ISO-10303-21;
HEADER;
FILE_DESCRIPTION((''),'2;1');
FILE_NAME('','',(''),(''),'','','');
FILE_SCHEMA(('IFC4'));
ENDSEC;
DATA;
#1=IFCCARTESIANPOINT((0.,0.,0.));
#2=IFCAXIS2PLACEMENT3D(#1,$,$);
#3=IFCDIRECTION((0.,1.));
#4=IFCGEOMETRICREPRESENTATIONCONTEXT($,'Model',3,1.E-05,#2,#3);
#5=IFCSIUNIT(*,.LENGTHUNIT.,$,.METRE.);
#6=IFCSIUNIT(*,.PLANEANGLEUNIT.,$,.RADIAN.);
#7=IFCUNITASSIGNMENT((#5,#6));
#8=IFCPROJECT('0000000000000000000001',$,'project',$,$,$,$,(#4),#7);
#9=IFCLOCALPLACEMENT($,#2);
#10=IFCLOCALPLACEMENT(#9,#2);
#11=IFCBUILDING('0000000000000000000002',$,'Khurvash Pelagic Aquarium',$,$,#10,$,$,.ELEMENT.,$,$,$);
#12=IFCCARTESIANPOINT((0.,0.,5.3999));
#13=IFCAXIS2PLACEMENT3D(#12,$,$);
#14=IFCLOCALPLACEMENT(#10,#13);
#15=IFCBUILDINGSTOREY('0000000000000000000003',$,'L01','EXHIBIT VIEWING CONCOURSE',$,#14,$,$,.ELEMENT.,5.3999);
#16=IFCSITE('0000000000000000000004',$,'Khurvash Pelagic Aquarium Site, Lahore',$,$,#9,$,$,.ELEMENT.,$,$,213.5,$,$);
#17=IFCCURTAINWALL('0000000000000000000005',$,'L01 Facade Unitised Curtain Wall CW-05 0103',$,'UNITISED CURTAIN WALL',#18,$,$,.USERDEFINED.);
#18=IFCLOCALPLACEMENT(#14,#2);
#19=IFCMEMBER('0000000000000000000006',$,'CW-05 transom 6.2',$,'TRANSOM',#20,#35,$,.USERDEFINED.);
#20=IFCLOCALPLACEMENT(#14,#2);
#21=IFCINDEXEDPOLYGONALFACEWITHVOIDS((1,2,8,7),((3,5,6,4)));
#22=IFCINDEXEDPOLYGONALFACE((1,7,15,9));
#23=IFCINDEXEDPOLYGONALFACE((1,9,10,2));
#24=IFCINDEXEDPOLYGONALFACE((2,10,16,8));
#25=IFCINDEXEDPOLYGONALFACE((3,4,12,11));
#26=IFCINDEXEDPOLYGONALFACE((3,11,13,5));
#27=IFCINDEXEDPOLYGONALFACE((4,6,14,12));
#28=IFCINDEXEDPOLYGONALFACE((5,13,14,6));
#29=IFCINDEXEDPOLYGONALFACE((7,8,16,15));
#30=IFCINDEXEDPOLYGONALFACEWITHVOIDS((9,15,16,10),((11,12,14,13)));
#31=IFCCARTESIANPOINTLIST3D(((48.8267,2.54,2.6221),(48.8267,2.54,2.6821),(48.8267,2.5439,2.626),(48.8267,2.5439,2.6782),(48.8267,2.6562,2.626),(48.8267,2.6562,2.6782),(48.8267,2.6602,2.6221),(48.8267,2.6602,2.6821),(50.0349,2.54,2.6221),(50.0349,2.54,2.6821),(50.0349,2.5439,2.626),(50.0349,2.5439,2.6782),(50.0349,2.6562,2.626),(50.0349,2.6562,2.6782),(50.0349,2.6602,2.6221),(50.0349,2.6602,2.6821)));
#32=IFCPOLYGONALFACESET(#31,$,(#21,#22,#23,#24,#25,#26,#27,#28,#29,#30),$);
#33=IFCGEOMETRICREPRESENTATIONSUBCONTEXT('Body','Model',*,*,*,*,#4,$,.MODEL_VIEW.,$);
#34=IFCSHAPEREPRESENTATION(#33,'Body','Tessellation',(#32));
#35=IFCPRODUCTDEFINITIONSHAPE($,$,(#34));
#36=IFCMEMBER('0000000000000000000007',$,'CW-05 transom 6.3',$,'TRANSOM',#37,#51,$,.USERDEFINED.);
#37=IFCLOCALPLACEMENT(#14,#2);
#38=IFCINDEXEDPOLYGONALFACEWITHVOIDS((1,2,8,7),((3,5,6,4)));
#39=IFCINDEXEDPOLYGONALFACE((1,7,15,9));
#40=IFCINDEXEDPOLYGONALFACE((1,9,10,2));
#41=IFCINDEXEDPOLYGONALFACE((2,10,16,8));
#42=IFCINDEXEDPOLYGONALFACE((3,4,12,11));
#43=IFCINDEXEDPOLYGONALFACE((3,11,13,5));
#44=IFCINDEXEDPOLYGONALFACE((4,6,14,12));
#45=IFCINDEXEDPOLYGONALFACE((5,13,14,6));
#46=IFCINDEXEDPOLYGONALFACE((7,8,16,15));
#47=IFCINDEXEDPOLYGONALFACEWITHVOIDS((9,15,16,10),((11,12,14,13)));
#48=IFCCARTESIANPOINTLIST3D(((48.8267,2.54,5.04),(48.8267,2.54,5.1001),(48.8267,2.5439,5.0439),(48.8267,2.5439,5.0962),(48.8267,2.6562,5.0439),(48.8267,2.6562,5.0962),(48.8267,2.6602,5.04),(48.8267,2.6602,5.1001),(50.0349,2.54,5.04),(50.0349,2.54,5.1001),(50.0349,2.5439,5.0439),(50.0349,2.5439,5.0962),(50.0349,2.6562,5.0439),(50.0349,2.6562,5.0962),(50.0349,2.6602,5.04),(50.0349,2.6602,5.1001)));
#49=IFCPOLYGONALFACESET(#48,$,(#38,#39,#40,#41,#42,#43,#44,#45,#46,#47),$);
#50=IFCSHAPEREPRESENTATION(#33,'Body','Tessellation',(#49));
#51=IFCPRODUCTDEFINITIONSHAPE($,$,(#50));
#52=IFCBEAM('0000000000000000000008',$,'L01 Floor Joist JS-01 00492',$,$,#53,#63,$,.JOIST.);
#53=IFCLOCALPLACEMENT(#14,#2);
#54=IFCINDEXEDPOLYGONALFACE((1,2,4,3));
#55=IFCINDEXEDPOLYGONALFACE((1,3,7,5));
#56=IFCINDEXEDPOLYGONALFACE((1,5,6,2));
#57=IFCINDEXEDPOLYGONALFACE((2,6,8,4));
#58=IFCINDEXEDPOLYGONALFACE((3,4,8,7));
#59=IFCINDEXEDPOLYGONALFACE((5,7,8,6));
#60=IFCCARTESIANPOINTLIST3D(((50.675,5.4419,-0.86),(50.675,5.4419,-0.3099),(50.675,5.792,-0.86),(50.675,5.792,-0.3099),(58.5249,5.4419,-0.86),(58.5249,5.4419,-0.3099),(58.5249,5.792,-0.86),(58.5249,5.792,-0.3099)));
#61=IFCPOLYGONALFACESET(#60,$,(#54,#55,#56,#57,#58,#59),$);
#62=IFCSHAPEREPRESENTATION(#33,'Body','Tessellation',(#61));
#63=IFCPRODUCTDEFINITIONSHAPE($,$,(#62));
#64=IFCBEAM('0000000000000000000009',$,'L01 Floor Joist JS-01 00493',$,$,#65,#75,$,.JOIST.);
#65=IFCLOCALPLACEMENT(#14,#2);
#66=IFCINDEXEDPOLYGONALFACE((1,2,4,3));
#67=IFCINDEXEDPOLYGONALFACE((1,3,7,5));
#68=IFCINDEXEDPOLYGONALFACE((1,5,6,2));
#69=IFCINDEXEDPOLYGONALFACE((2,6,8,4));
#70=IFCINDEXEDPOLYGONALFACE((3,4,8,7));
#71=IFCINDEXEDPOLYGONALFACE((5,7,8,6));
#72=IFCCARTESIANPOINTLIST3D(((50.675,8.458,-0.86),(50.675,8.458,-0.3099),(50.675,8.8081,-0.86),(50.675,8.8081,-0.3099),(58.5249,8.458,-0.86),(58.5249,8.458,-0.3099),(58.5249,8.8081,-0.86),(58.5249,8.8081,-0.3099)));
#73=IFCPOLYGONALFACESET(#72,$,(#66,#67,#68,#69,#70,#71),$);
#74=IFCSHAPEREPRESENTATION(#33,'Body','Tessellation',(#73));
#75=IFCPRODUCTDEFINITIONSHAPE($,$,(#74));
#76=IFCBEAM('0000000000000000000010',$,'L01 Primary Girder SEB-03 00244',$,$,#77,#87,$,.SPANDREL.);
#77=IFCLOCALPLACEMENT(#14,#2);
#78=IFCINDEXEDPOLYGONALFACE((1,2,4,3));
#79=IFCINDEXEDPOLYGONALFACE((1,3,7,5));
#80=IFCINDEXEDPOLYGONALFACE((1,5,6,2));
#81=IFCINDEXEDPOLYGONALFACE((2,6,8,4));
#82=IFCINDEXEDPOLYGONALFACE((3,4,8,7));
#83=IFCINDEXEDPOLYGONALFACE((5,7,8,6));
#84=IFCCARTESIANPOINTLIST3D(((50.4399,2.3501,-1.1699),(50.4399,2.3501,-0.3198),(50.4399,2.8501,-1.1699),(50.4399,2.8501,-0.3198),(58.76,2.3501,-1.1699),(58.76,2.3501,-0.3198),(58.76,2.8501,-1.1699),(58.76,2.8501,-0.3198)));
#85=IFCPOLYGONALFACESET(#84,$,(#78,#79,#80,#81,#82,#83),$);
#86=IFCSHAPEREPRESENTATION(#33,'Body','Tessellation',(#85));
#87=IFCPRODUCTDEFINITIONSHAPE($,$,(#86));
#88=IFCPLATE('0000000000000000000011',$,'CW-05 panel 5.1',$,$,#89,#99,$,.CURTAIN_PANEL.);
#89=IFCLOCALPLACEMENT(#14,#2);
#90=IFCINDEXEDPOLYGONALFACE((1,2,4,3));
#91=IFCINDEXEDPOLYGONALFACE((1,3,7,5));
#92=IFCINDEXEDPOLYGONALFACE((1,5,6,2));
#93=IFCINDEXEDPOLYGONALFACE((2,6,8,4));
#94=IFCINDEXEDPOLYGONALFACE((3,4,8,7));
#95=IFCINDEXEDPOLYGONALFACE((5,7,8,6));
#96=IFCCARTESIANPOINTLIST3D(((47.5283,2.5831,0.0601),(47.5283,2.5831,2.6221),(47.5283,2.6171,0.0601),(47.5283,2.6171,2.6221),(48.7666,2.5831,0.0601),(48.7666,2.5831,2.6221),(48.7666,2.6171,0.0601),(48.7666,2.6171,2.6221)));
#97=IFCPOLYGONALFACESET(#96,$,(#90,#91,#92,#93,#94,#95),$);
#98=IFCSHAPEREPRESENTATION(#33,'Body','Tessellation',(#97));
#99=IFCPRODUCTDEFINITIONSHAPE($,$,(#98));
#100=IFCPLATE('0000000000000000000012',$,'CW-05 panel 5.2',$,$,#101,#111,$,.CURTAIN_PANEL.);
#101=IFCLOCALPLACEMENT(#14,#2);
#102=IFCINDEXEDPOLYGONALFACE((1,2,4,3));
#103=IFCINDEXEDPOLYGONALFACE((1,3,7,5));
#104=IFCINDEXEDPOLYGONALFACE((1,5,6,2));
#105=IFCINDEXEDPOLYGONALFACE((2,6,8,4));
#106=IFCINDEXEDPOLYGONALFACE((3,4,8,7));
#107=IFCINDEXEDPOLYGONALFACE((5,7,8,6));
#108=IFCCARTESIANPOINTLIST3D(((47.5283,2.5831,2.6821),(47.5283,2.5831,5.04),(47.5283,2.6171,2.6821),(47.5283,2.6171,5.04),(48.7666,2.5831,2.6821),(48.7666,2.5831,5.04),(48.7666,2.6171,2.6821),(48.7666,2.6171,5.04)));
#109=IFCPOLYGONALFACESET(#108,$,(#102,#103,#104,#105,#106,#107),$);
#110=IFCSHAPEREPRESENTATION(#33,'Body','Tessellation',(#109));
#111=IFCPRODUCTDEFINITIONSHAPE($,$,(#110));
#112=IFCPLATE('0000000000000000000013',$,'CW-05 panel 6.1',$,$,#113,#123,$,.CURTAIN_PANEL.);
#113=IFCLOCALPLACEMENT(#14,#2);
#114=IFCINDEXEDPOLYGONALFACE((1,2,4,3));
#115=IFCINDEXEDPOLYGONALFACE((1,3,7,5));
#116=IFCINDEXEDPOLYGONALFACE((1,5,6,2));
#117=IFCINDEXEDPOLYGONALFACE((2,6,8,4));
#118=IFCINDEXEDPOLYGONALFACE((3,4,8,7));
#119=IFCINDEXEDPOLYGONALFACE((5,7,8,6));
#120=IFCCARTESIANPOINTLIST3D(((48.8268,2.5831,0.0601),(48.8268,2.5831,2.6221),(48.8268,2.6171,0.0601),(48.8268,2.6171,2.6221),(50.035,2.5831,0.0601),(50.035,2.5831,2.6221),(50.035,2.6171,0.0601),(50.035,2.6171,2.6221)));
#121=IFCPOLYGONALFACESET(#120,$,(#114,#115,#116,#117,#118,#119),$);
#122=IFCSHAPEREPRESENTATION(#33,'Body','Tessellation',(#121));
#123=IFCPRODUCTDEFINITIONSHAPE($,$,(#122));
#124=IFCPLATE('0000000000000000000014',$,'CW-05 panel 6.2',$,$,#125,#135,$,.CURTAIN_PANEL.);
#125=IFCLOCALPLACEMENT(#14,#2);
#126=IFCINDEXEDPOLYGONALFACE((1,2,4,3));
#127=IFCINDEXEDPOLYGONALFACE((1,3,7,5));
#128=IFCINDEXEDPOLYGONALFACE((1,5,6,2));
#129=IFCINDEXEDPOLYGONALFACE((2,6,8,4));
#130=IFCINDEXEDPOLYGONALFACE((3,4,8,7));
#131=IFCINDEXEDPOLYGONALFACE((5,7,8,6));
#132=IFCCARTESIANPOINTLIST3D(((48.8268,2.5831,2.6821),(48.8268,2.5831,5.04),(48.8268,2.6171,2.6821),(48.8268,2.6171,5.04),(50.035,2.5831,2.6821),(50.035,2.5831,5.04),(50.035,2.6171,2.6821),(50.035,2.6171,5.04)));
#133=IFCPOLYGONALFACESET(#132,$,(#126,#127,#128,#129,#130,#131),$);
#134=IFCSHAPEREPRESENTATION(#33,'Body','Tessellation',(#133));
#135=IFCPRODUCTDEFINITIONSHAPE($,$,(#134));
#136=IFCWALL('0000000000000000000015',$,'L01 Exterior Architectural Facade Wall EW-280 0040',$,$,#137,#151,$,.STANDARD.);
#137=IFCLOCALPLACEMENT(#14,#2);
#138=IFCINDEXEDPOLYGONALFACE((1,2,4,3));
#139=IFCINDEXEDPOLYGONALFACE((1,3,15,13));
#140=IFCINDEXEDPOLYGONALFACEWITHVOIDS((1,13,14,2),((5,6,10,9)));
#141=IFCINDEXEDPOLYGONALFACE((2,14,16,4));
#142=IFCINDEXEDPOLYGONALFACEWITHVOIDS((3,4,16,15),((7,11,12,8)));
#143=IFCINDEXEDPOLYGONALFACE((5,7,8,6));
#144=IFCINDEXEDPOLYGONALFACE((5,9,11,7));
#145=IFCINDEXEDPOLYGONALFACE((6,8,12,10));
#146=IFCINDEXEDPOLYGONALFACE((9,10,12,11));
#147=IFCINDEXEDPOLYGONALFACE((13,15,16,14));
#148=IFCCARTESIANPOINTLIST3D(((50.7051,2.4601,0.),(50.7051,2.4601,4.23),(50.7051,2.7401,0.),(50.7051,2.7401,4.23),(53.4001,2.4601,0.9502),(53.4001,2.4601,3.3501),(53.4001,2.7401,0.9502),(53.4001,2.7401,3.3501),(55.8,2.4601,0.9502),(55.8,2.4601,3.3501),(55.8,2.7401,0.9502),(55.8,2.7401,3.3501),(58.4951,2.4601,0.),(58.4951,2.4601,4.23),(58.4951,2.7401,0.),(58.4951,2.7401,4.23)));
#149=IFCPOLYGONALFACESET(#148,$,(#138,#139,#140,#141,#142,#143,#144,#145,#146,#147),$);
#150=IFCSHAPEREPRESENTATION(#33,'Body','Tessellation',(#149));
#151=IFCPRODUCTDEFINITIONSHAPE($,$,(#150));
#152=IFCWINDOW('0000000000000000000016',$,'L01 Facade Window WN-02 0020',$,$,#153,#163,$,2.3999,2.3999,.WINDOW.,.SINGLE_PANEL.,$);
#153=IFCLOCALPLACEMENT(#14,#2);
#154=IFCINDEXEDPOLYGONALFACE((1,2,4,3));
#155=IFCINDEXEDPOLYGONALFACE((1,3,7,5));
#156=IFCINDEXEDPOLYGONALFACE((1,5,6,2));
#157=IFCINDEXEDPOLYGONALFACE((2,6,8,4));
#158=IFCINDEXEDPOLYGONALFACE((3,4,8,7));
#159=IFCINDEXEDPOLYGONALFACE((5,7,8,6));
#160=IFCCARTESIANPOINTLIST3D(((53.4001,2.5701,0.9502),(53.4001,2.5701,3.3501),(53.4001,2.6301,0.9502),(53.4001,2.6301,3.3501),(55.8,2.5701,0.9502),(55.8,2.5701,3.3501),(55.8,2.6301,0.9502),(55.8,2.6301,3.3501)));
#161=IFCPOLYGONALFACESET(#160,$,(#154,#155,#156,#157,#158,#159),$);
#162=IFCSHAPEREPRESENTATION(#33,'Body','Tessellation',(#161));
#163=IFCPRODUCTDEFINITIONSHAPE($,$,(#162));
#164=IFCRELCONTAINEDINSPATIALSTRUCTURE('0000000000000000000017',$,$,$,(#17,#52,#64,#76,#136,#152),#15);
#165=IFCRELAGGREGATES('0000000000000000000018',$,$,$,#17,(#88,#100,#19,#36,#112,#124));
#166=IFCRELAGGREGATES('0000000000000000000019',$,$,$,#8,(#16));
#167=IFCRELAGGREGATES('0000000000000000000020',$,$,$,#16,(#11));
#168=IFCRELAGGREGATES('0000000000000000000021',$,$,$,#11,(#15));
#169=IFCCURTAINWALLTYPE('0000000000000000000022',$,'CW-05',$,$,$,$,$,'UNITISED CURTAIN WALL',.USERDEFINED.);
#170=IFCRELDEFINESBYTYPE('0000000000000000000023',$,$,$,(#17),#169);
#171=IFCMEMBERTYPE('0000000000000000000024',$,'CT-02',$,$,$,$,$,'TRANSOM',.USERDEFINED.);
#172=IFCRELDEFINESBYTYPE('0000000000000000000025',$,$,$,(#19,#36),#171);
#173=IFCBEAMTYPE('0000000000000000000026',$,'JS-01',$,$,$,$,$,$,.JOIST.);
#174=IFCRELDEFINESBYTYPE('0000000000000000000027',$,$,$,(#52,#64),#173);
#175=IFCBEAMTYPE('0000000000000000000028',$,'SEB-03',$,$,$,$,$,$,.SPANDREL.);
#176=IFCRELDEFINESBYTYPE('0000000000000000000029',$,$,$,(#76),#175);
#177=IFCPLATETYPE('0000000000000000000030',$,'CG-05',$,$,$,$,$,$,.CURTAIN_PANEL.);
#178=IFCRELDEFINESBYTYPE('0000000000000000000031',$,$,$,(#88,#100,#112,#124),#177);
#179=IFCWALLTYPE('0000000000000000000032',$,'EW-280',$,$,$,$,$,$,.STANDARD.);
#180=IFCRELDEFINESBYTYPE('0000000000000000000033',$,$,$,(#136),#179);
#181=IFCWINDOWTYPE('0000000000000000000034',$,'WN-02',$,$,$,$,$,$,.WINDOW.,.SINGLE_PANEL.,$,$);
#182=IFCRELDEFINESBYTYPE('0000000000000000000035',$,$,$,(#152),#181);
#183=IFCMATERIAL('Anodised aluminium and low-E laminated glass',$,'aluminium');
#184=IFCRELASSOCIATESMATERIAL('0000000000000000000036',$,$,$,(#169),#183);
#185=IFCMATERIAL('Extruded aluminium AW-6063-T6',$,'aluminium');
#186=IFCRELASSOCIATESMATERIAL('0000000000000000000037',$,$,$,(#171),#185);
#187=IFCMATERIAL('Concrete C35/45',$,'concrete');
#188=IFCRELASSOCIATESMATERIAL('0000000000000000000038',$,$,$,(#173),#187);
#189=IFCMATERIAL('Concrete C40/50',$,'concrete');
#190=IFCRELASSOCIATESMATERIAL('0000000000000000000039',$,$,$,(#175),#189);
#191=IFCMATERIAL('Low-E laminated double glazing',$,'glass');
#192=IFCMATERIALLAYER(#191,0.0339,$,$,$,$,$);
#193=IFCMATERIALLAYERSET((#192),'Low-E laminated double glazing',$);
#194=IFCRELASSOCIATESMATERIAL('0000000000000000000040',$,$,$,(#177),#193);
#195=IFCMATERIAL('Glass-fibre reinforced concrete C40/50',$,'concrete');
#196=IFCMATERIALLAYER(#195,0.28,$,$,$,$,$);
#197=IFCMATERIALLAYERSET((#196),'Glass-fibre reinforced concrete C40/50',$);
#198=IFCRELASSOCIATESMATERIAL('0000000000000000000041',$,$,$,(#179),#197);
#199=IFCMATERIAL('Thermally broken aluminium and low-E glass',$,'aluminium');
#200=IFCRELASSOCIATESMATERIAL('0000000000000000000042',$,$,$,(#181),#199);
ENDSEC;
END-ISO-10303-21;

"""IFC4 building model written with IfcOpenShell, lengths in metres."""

from ifc_helpers import new_model, si_unit, direction, frame, frame_2d, origin, origin_2d, place, context, subcontext, project, spatial, rectangle, hollow_rectangle, extrude, material, layer, layer_set, material_profile, profile_set, type_object, element, fill, aggregate, save


model = new_model("IFC4")

# Units and contexts
model_context = context("Model", 3, precision=1e-05, world=origin(), true_north=direction((0.0, 1.0)))
body_context = subcontext(model_context, "Body", "Model", "MODEL_VIEW")
ifc_project = project(units=[si_unit("LENGTHUNIT", "METRE"), si_unit("PLANEANGLEUNIT", "RADIAN")], contexts=[model_context])

# Site, building, storey
site_placement = place(None, origin())
site = spatial("IfcSite", under=ifc_project, at=site_placement, Name="Khurvash Pelagic Aquarium Site, Lahore", CompositionType="ELEMENT", RefElevation=213.5)
building_placement = place(site_placement, origin())
building = spatial("IfcBuilding", under=site, at=building_placement, Name="Khurvash Pelagic Aquarium", CompositionType="ELEMENT")
storey_placement = place(building_placement, frame((0.0, 0.0, 5.3999)))
storey = spatial("IfcBuildingStorey", under=building, at=storey_placement, Name="L01", Description="EXHIBIT VIEWING CONCOURSE", CompositionType="ELEMENT", Elevation=5.3999)

# Shared definitions
ifc_material_1 = material(Name="Concrete C40/50", Category="concrete")

# Curtain wall, members
ifc_material_2 = material(Name="Anodised aluminium and low-E laminated glass", Category="aluminium")
curtain_wall_type = type_object("IfcCurtainWallType", Name="CW-05", ElementType="UNITISED CURTAIN WALL", PredefinedType="USERDEFINED", material=ifc_material_2)
curtain_wall_placement = place(storey_placement, origin())
curtain_wall = element("IfcCurtainWall", 1, at=curtain_wall_placement, inside=storey, type_object=curtain_wall_type, Name="L01 Facade Unitised Curtain Wall CW-05 0103", ObjectType="UNITISED CURTAIN WALL", PredefinedType="USERDEFINED")
ifc_material_3 = material(Name="Extruded aluminium AW-6063-T6", Category="aluminium")
ifc_material_profile_1 = material_profile(ifc_material_3, hollow_rectangle(XDim=0.1201, YDim=0.0601, WallThickness=0.0039, at=origin_2d()), Name="CWT120X60X4")
ifc_profile_set_1 = profile_set([ifc_material_profile_1], Name="Extruded aluminium AW-6063-T6")
member_type_1 = type_object("IfcMemberType", Name="CT-02", ElementType="TRANSOM", PredefinedType="USERDEFINED", material=ifc_profile_set_1)
member_1_placement = place(storey_placement, frame((48.8267, 2.6001, 2.6521), z_axis=(1.0, 0.0, 0.0), x_axis=(0.0, 1.0, 0.0)))
member_1 = element("IfcMember", 2, at=member_1_placement, type_object=member_type_1, Name="CW-05 transom 6.2", ObjectType="TRANSOM", PredefinedType="USERDEFINED", context=body_context, shape_type="SweptSolid", body=[
    extrude(hollow_rectangle(XDim=0.1201, YDim=0.0601, WallThickness=0.0039, at=origin_2d()), origin(), (0.0, 0.0, 1.0), 1.2083),
])
member_2_placement = place(storey_placement, frame((48.8267, 2.6001, 5.0701), z_axis=(1.0, 0.0, 0.0), x_axis=(0.0, 1.0, 0.0)))
member_2 = element("IfcMember", 3, at=member_2_placement, type_object=member_type_1, Name="CW-05 transom 6.3", ObjectType="TRANSOM", PredefinedType="USERDEFINED", context=body_context, shape_type="SweptSolid", body=[
    extrude(hollow_rectangle(XDim=0.1201, YDim=0.0601, WallThickness=0.0039, at=origin_2d()), origin(), (0.0, 0.0, 1.0), 1.2083),
])

# Beams
ifc_material_4 = material(Name="Concrete C35/45", Category="concrete")
ifc_material_profile_2 = material_profile(ifc_material_4, rectangle(XDim=0.3501, YDim=0.55, at=origin_2d()), Name="RC350X550")
ifc_profile_set_2 = profile_set([ifc_material_profile_2], Name="Concrete C35/45")
beam_type_1 = type_object("IfcBeamType", Name="JS-01", PredefinedType="JOIST", material=ifc_profile_set_2)
for number, where, z_axis, x_axis, name in (
    (4, (50.675, 5.6169, -0.585), (1.0, 0.0, 0.0), (0.0, 1.0, 0.0), "L01 Floor Joist JS-01 00492"),
    (5, (50.675, 8.6331, -0.585), (1.0, 0.0, 0.0), (0.0, 1.0, 0.0), "L01 Floor Joist JS-01 00493"),
):
    element("IfcBeam", number, at=place(storey_placement, frame(where, z_axis=z_axis, x_axis=x_axis)), inside=storey, type_object=beam_type_1, Name=name, PredefinedType="JOIST", context=body_context, shape_type="SweptSolid", body=[
        extrude(rectangle(XDim=0.3501, YDim=0.55, at=origin_2d()), origin(), (0.0, 0.0, 1.0), 7.8499),
    ])
ifc_material_profile_3 = material_profile(ifc_material_1, rectangle(XDim=0.5, YDim=0.8501, at=origin_2d()), Name="RC500X850")
ifc_profile_set_3 = profile_set([ifc_material_profile_3], Name="Concrete C40/50")
beam_type_2 = type_object("IfcBeamType", Name="SEB-03", PredefinedType="SPANDREL", material=ifc_profile_set_3)
beam_1_placement = place(storey_placement, frame((50.4399, 2.6001, -0.7449), z_axis=(1.0, 0.0, 0.0), x_axis=(0.0, 1.0, 0.0)))
element("IfcBeam", 6, at=beam_1_placement, inside=storey, type_object=beam_type_2, Name="L01 Primary Girder SEB-03 00244", PredefinedType="SPANDREL", context=body_context, shape_type="SweptSolid", body=[
    extrude(rectangle(XDim=0.5, YDim=0.8501, at=origin_2d()), origin(), (0.0, 0.0, 1.0), 8.3201),
])

# Plates
ifc_material_5 = material(Name="Low-E laminated double glazing", Category="glass")
ifc_layer_1 = layer(ifc_material_5, 0.0339)
ifc_layer_set_1 = layer_set([ifc_layer_1], Name="Low-E laminated double glazing")
plate_type = type_object("IfcPlateType", Name="CG-05", PredefinedType="CURTAIN_PANEL", material=ifc_layer_set_1)
plate_1_placement = place(storey_placement, frame((48.1475, 2.6001, 0.0601), z_axis=(0.0, 0.0, 1.0), x_axis=(1.0, 0.0, 0.0)))
plate_1 = element("IfcPlate", 7, at=plate_1_placement, type_object=plate_type, Name="CW-05 panel 5.1", PredefinedType="CURTAIN_PANEL", context=body_context, shape_type="SweptSolid", body=[
    extrude(rectangle(XDim=1.2383, YDim=0.0339, at=origin_2d()), origin(), (0.0, 0.0, 1.0), 2.562),
])
plate_2_placement = place(storey_placement, frame((48.1475, 2.6001, 2.6821), z_axis=(0.0, 0.0, 1.0), x_axis=(1.0, 0.0, 0.0)))
plate_2 = element("IfcPlate", 8, at=plate_2_placement, type_object=plate_type, Name="CW-05 panel 5.2", PredefinedType="CURTAIN_PANEL", context=body_context, shape_type="SweptSolid", body=[
    extrude(rectangle(XDim=1.2383, YDim=0.0339, at=origin_2d()), origin(), (0.0, 0.0, 1.0), 2.3579),
])
plate_3_placement = place(storey_placement, frame((49.4309, 2.6001, 0.0601), z_axis=(0.0, 0.0, 1.0), x_axis=(1.0, 0.0, 0.0)))
plate_3 = element("IfcPlate", 9, at=plate_3_placement, type_object=plate_type, Name="CW-05 panel 6.1", PredefinedType="CURTAIN_PANEL", context=body_context, shape_type="SweptSolid", body=[
    extrude(rectangle(XDim=1.2083, YDim=0.0339, at=origin_2d()), origin(), (0.0, 0.0, 1.0), 2.562),
])
plate_4_placement = place(storey_placement, frame((49.4309, 2.6001, 2.6821), z_axis=(0.0, 0.0, 1.0), x_axis=(1.0, 0.0, 0.0)))
plate_4 = element("IfcPlate", 10, at=plate_4_placement, type_object=plate_type, Name="CW-05 panel 6.2", PredefinedType="CURTAIN_PANEL", context=body_context, shape_type="SweptSolid", body=[
    extrude(rectangle(XDim=1.2083, YDim=0.0339, at=origin_2d()), origin(), (0.0, 0.0, 1.0), 2.3579),
])
aggregate(curtain_wall, [plate_1, plate_2, member_1, member_2, plate_3, plate_4])

# Wall, opening, window
ifc_material_6 = material(Name="Glass-fibre reinforced concrete C40/50", Category="concrete")
ifc_layer_2 = layer(ifc_material_6, 0.28)
ifc_layer_set_2 = layer_set([ifc_layer_2], Name="Glass-fibre reinforced concrete C40/50")
wall_type = type_object("IfcWallType", Name="EW-280", PredefinedType="STANDARD", material=ifc_layer_set_2)
wall_placement = place(storey_placement, frame((50.7051, 2.6001, 0.0), z_axis=(0.0, 0.0, 1.0), x_axis=(1.0, 0.0, 0.0)))
wall = element("IfcWall", 11, at=wall_placement, inside=storey, type_object=wall_type, Name="L01 Exterior Architectural Facade Wall EW-280 0040", PredefinedType="STANDARD", context=body_context, shape_type="SweptSolid", body=[
    extrude(rectangle(XDim=7.79, YDim=0.28, at=frame_2d((3.895, 0.0))), origin(), (0.0, 0.0, 1.0), 4.23),
])
opening_placement = place(wall_placement, frame((2.6951, 0.0, 0.9502)))
opening = element("IfcOpeningElement", 12, at=opening_placement, cuts=wall, PredefinedType="OPENING", context=body_context, shape_type="SweptSolid", body=[
    extrude(rectangle(XDim=2.3999, YDim=2.3999, at=frame_2d((1.2, 1.2))), frame((0.0, 0.1499, 0.0), z_axis=(0.0, -1.0, 0.0), x_axis=(1.0, 0.0, 0.0)), (0.0, 0.0, 1.0), 0.3),
])
ifc_material_7 = material(Name="Thermally broken aluminium and low-E glass", Category="aluminium")
window_type = type_object("IfcWindowType", Name="WN-02", PartitioningType="SINGLE_PANEL", PredefinedType="WINDOW", material=ifc_material_7)
window_placement = place(opening_placement, origin())
window = element("IfcWindow", 13, at=window_placement, inside=storey, type_object=window_type, Name="L01 Facade Window WN-02 0020", OverallHeight=2.3999, OverallWidth=2.3999, PartitioningType="SINGLE_PANEL", PredefinedType="WINDOW", context=body_context, shape_type="SweptSolid", body=[
    extrude(rectangle(XDim=2.3999, YDim=2.3999, at=frame_2d((1.2, 1.2))), frame((0.0, 0.03, 0.0), z_axis=(0.0, -1.0, 0.0), x_axis=(1.0, 0.0, 0.0)), (0.0, 0.0, 1.0), 0.0601),
])
fill(opening, window)

save(model, "model.ifc")
